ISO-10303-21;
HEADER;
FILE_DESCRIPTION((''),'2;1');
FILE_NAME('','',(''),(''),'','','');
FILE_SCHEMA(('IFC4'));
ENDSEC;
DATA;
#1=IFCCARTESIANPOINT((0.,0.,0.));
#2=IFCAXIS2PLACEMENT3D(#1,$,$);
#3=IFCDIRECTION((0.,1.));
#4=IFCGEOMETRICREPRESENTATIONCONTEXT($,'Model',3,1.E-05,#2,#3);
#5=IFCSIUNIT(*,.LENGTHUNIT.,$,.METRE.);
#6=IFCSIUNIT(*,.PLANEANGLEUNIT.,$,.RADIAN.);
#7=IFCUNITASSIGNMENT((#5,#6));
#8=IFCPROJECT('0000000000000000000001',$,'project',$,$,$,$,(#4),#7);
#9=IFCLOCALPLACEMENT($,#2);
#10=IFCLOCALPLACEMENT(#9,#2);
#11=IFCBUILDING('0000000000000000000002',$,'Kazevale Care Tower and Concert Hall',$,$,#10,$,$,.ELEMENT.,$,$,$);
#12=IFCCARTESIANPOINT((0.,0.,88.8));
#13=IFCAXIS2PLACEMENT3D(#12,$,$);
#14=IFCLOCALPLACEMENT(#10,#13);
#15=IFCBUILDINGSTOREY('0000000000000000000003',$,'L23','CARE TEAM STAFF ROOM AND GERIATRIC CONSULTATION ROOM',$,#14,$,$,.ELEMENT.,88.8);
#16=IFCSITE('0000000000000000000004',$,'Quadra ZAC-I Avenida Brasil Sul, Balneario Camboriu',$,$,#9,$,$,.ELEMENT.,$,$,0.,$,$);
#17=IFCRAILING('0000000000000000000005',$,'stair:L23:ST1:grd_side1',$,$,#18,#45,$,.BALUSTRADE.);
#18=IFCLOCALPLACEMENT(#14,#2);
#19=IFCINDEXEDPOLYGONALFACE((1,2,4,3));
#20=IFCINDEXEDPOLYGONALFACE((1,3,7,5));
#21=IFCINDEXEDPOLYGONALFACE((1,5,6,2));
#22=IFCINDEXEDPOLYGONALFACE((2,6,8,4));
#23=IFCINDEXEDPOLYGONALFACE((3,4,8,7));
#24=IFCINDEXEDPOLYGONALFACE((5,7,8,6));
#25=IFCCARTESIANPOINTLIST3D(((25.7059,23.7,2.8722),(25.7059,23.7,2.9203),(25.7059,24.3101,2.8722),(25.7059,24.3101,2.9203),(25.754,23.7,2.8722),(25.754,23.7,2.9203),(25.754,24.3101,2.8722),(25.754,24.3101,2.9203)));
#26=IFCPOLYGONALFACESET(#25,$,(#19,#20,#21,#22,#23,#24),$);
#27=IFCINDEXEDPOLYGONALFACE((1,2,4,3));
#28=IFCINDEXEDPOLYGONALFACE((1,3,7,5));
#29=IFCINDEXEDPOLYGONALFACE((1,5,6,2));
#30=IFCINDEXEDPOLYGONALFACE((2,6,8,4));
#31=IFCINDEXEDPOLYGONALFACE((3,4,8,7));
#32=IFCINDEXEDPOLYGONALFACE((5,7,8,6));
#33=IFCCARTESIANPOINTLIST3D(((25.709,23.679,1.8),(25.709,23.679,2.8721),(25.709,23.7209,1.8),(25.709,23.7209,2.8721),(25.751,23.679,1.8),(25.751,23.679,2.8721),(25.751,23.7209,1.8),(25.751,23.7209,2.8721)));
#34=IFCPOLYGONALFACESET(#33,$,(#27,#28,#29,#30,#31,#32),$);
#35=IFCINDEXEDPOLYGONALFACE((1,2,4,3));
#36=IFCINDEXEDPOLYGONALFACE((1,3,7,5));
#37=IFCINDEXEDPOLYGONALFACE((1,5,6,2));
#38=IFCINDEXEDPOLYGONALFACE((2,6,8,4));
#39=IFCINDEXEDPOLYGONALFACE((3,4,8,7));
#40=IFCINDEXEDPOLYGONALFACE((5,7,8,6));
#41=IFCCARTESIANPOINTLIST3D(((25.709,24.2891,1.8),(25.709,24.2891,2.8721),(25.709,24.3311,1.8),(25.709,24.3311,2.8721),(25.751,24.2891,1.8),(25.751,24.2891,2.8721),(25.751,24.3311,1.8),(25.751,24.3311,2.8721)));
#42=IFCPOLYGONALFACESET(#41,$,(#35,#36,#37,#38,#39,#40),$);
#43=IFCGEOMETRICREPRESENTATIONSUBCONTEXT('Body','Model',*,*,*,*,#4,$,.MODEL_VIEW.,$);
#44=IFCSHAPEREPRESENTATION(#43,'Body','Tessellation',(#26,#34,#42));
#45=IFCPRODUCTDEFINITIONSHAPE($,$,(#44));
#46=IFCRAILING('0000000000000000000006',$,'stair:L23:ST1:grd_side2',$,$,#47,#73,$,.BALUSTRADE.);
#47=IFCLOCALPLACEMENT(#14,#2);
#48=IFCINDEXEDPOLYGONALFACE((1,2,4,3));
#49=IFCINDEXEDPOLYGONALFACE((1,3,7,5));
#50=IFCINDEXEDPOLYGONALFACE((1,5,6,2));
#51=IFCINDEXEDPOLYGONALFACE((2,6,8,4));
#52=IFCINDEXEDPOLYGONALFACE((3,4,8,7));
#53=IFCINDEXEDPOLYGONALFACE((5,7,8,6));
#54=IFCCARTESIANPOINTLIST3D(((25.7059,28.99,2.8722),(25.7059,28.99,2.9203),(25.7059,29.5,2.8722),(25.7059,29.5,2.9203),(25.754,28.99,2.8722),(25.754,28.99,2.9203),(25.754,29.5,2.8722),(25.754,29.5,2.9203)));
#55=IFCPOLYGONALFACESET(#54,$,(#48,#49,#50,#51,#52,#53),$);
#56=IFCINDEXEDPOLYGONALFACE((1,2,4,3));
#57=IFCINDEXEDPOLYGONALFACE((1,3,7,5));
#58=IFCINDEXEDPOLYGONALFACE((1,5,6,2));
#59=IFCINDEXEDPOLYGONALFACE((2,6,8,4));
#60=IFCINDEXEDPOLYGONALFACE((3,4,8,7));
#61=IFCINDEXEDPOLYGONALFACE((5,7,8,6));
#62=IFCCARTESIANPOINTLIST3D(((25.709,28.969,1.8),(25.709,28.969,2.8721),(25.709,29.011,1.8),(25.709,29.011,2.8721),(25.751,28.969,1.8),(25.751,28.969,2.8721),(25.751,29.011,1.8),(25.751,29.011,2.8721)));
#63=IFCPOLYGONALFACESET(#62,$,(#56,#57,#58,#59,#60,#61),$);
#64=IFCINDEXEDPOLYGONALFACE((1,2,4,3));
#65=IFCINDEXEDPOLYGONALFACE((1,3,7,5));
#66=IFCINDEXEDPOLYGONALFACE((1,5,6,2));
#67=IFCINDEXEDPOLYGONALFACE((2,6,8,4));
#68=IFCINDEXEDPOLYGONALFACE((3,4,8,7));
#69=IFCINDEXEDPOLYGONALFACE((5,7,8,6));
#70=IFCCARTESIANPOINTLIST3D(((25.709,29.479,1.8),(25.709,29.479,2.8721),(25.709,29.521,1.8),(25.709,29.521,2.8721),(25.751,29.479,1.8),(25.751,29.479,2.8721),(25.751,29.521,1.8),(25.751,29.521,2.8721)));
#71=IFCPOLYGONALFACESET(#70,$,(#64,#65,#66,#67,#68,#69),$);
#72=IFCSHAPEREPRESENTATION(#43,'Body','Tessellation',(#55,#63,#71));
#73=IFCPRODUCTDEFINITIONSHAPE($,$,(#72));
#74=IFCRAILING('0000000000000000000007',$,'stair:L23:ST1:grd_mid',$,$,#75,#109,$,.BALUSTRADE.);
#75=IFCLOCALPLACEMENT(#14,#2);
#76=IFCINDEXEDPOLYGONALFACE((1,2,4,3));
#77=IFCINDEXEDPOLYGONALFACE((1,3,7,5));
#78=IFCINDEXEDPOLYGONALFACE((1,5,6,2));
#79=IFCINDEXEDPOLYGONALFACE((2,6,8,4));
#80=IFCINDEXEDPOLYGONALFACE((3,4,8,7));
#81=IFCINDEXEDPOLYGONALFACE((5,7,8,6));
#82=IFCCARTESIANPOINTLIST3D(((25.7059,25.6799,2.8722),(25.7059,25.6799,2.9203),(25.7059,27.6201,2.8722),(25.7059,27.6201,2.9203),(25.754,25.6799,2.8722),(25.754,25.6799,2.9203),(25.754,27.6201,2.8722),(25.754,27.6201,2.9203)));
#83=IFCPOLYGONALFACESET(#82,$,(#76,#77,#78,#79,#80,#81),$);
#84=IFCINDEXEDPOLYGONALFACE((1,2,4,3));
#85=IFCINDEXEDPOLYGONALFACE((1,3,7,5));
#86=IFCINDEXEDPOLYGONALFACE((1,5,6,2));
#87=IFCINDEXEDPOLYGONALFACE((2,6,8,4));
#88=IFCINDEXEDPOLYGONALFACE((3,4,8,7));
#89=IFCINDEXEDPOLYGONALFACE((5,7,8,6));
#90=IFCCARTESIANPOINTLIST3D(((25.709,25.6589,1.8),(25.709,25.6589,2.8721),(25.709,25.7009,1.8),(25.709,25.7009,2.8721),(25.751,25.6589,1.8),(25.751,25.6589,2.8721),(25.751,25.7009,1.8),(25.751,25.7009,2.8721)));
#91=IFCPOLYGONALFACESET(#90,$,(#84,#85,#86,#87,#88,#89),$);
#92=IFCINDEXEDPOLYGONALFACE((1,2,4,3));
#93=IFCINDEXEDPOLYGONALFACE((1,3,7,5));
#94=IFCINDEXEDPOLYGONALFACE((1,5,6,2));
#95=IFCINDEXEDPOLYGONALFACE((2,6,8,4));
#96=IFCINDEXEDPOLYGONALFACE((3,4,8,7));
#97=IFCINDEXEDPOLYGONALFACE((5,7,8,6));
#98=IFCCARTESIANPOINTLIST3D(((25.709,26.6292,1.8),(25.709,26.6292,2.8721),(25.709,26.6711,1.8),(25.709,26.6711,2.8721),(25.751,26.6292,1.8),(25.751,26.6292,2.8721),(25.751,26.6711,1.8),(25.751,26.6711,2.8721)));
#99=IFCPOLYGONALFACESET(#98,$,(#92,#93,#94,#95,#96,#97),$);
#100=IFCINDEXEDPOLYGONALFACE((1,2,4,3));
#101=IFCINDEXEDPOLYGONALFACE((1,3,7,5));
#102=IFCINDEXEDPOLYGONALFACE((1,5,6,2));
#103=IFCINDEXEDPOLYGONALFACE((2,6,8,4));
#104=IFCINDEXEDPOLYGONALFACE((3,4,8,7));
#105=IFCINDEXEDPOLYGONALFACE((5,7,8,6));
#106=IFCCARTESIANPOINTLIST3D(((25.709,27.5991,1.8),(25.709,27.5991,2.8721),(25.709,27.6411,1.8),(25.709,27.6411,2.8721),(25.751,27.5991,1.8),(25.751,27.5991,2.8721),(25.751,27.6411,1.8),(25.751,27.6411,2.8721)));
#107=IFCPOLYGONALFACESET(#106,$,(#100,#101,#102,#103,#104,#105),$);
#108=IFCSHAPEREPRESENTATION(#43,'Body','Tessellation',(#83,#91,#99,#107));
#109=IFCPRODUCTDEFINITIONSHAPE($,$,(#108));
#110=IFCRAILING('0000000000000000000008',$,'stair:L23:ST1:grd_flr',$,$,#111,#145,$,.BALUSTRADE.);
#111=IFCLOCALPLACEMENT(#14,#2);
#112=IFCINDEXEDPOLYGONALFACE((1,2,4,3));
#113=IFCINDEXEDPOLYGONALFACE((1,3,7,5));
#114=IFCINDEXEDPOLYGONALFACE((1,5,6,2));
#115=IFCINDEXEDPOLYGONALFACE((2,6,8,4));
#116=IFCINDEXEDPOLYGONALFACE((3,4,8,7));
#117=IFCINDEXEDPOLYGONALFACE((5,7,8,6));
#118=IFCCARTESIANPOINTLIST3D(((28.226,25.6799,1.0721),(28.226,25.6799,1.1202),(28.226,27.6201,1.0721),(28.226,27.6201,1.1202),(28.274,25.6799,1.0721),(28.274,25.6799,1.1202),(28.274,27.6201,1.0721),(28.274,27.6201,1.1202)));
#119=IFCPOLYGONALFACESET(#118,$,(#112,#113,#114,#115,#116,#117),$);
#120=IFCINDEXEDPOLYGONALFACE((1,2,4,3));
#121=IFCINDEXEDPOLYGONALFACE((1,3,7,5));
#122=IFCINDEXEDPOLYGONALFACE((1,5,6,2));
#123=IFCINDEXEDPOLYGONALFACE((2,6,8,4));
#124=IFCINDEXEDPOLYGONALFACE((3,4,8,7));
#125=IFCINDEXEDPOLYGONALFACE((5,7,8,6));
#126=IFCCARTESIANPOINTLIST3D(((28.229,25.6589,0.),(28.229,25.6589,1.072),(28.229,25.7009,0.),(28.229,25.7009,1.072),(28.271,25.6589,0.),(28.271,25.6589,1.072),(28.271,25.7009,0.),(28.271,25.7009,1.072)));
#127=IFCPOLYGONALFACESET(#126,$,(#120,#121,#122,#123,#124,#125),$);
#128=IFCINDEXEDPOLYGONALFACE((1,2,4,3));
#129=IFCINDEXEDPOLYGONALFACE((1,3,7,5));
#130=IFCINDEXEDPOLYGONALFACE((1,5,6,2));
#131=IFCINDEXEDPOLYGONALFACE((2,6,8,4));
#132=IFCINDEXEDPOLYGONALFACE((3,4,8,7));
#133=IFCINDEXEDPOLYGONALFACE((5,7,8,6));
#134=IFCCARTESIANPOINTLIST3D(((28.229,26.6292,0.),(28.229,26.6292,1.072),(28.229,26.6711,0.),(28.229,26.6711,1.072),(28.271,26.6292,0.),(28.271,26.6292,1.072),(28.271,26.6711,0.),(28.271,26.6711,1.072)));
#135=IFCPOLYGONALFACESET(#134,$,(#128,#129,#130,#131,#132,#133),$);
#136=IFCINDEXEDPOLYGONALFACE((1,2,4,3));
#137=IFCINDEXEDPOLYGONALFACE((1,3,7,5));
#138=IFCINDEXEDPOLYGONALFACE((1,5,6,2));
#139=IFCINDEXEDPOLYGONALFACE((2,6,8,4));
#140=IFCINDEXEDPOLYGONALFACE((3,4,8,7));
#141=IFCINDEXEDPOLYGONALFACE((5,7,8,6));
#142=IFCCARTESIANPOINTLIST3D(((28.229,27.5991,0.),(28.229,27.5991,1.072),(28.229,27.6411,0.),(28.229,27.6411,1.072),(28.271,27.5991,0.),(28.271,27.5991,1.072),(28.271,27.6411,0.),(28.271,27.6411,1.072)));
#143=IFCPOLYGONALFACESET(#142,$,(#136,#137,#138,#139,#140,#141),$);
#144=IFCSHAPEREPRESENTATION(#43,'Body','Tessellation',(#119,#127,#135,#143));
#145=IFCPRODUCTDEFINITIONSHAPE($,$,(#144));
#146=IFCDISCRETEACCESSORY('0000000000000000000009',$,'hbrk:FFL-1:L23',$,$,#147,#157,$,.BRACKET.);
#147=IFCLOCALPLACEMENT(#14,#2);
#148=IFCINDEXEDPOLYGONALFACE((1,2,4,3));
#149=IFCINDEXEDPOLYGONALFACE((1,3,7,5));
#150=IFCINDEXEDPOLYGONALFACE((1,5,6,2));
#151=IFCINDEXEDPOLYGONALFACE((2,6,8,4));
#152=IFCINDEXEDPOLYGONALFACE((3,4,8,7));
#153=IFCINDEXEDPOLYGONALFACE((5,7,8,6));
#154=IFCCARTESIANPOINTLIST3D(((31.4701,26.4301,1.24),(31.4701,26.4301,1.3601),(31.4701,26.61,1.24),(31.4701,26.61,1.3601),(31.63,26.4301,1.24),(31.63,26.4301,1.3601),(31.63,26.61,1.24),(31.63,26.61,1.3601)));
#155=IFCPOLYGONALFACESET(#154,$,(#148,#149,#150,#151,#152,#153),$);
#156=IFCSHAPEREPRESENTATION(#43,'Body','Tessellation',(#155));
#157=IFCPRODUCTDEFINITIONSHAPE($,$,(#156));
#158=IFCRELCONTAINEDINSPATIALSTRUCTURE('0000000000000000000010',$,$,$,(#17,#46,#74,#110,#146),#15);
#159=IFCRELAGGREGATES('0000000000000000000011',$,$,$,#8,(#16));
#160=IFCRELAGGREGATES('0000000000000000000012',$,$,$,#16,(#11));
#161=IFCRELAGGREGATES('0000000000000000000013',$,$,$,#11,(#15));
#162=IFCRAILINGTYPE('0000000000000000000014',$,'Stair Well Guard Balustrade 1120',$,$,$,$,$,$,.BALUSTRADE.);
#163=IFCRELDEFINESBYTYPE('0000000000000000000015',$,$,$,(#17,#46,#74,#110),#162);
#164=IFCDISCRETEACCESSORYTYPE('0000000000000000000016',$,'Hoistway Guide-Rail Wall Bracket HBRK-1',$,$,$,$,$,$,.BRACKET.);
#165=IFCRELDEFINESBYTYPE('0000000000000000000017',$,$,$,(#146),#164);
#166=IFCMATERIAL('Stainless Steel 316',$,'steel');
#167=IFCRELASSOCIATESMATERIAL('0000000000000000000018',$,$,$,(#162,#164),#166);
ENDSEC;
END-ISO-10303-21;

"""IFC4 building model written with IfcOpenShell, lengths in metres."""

from ifc_helpers import new_model, si_unit, direction, frame, origin, origin_2d, place, context, subcontext, project, spatial, rectangle, extrude, material, type_object, element, save


model = new_model("IFC4")

# Units and contexts
model_context = context("Model", 3, precision=1e-05, world=origin(), true_north=direction((0.0, 1.0)))
body_context = subcontext(model_context, "Body", "Model", "MODEL_VIEW")
ifc_project = project(units=[si_unit("LENGTHUNIT", "METRE"), si_unit("PLANEANGLEUNIT", "RADIAN")], contexts=[model_context])

# Site, building, storey
site_placement = place(None, origin())
site = spatial("IfcSite", under=ifc_project, at=site_placement, Name="Quadra ZAC-I Avenida Brasil Sul, Balneario Camboriu", CompositionType="ELEMENT", RefElevation=0.0)
building_placement = place(site_placement, origin())
building = spatial("IfcBuilding", under=site, at=building_placement, Name="Kazevale Care Tower and Concert Hall", CompositionType="ELEMENT")
storey_placement = place(building_placement, frame((0.0, 0.0, 88.8)))
storey = spatial("IfcBuildingStorey", under=building, at=storey_placement, Name="L23", Description="CARE TEAM STAFF ROOM AND GERIATRIC CONSULTATION ROOM", CompositionType="ELEMENT", Elevation=88.8)

# Shared definitions
ifc_material_1 = material(Name="Stainless Steel 316", Category="steel")

# Railings
railing_type_1 = type_object("IfcRailingType", Name="Stair Well Guard Balustrade 1120", PredefinedType="BALUSTRADE", material=ifc_material_1)
railing_1_placement = place(storey_placement, frame((25.73, 23.7, 1.8)))
element("IfcRailing", 1, at=railing_1_placement, inside=storey, type_object=railing_type_1, Name="stair:L23:ST1:grd_side1", PredefinedType="BALUSTRADE", context=body_context, shape_type="SweptSolid", body=[
    extrude(rectangle(XDim=0.0481, YDim=0.0481, at=origin_2d()), frame((0.0, 0.0, 1.0962), z_axis=(0.0, 1.0, 0.0), x_axis=(-1.0, 0.0, 0.0)), (0.0, 0.0, 1.0), 0.6101),
    extrude(rectangle(XDim=0.042, YDim=0.042, at=origin_2d()), origin(), (0.0, 0.0, 1.0), 1.072),
    extrude(rectangle(XDim=0.042, YDim=0.042, at=origin_2d()), frame((0.0, 0.6101, 0.0)), (0.0, 0.0, 1.0), 1.072),
])
railing_2_placement = place(storey_placement, frame((25.73, 28.99, 1.8)))
element("IfcRailing", 2, at=railing_2_placement, inside=storey, type_object=railing_type_1, Name="stair:L23:ST1:grd_side2", PredefinedType="BALUSTRADE", context=body_context, shape_type="SweptSolid", body=[
    extrude(rectangle(XDim=0.0481, YDim=0.0481, at=origin_2d()), frame((0.0, 0.0, 1.0962), z_axis=(0.0, 1.0, 0.0), x_axis=(-1.0, 0.0, 0.0)), (0.0, 0.0, 1.0), 0.51),
    extrude(rectangle(XDim=0.042, YDim=0.042, at=origin_2d()), origin(), (0.0, 0.0, 1.0), 1.072),
    extrude(rectangle(XDim=0.042, YDim=0.042, at=origin_2d()), frame((0.0, 0.51, 0.0)), (0.0, 0.0, 1.0), 1.072),
])
for number, where, name in (
    (3, (25.73, 25.6799, 1.8), "stair:L23:ST1:grd_mid"),
    (4, (28.25, 25.6799, 0.0), "stair:L23:ST1:grd_flr"),
):
    element("IfcRailing", number, at=place(storey_placement, frame(where)), inside=storey, type_object=railing_type_1, Name=name, PredefinedType="BALUSTRADE", context=body_context, shape_type="SweptSolid", body=[
        extrude(rectangle(XDim=0.0481, YDim=0.0481, at=origin_2d()), frame((0.0, 0.0, 1.0962), z_axis=(0.0, 1.0, 0.0), x_axis=(-1.0, 0.0, 0.0)), (0.0, 0.0, 1.0), 1.9402),
        extrude(rectangle(XDim=0.042, YDim=0.042, at=origin_2d()), origin(), (0.0, 0.0, 1.0), 1.072),
        extrude(rectangle(XDim=0.042, YDim=0.042, at=origin_2d()), frame((0.0, 0.9702, 0.0)), (0.0, 0.0, 1.0), 1.072),
        extrude(rectangle(XDim=0.042, YDim=0.042, at=origin_2d()), frame((0.0, 1.9402, 0.0)), (0.0, 0.0, 1.0), 1.072),
    ])

# Discrete accessory
discrete_accessory_type = type_object("IfcDiscreteAccessoryType", Name="Hoistway Guide-Rail Wall Bracket HBRK-1", PredefinedType="BRACKET", material=ifc_material_1)
discrete_accessory_placement = place(storey_placement, frame((31.55, 26.52, 1.24), z_axis=(0.0, 0.0, 1.0), x_axis=(1.0, 0.0, 0.0)))
element("IfcDiscreteAccessory", 5, at=discrete_accessory_placement, inside=storey, type_object=discrete_accessory_type, Name="hbrk:FFL-1:L23", PredefinedType="BRACKET", context=body_context, shape_type="SweptSolid", body=[
    extrude(rectangle(XDim=0.1599, YDim=0.1799, at=origin_2d()), origin(), (0.0, 0.0, 1.0), 0.1201),
])

save(model, "model.ifc")
